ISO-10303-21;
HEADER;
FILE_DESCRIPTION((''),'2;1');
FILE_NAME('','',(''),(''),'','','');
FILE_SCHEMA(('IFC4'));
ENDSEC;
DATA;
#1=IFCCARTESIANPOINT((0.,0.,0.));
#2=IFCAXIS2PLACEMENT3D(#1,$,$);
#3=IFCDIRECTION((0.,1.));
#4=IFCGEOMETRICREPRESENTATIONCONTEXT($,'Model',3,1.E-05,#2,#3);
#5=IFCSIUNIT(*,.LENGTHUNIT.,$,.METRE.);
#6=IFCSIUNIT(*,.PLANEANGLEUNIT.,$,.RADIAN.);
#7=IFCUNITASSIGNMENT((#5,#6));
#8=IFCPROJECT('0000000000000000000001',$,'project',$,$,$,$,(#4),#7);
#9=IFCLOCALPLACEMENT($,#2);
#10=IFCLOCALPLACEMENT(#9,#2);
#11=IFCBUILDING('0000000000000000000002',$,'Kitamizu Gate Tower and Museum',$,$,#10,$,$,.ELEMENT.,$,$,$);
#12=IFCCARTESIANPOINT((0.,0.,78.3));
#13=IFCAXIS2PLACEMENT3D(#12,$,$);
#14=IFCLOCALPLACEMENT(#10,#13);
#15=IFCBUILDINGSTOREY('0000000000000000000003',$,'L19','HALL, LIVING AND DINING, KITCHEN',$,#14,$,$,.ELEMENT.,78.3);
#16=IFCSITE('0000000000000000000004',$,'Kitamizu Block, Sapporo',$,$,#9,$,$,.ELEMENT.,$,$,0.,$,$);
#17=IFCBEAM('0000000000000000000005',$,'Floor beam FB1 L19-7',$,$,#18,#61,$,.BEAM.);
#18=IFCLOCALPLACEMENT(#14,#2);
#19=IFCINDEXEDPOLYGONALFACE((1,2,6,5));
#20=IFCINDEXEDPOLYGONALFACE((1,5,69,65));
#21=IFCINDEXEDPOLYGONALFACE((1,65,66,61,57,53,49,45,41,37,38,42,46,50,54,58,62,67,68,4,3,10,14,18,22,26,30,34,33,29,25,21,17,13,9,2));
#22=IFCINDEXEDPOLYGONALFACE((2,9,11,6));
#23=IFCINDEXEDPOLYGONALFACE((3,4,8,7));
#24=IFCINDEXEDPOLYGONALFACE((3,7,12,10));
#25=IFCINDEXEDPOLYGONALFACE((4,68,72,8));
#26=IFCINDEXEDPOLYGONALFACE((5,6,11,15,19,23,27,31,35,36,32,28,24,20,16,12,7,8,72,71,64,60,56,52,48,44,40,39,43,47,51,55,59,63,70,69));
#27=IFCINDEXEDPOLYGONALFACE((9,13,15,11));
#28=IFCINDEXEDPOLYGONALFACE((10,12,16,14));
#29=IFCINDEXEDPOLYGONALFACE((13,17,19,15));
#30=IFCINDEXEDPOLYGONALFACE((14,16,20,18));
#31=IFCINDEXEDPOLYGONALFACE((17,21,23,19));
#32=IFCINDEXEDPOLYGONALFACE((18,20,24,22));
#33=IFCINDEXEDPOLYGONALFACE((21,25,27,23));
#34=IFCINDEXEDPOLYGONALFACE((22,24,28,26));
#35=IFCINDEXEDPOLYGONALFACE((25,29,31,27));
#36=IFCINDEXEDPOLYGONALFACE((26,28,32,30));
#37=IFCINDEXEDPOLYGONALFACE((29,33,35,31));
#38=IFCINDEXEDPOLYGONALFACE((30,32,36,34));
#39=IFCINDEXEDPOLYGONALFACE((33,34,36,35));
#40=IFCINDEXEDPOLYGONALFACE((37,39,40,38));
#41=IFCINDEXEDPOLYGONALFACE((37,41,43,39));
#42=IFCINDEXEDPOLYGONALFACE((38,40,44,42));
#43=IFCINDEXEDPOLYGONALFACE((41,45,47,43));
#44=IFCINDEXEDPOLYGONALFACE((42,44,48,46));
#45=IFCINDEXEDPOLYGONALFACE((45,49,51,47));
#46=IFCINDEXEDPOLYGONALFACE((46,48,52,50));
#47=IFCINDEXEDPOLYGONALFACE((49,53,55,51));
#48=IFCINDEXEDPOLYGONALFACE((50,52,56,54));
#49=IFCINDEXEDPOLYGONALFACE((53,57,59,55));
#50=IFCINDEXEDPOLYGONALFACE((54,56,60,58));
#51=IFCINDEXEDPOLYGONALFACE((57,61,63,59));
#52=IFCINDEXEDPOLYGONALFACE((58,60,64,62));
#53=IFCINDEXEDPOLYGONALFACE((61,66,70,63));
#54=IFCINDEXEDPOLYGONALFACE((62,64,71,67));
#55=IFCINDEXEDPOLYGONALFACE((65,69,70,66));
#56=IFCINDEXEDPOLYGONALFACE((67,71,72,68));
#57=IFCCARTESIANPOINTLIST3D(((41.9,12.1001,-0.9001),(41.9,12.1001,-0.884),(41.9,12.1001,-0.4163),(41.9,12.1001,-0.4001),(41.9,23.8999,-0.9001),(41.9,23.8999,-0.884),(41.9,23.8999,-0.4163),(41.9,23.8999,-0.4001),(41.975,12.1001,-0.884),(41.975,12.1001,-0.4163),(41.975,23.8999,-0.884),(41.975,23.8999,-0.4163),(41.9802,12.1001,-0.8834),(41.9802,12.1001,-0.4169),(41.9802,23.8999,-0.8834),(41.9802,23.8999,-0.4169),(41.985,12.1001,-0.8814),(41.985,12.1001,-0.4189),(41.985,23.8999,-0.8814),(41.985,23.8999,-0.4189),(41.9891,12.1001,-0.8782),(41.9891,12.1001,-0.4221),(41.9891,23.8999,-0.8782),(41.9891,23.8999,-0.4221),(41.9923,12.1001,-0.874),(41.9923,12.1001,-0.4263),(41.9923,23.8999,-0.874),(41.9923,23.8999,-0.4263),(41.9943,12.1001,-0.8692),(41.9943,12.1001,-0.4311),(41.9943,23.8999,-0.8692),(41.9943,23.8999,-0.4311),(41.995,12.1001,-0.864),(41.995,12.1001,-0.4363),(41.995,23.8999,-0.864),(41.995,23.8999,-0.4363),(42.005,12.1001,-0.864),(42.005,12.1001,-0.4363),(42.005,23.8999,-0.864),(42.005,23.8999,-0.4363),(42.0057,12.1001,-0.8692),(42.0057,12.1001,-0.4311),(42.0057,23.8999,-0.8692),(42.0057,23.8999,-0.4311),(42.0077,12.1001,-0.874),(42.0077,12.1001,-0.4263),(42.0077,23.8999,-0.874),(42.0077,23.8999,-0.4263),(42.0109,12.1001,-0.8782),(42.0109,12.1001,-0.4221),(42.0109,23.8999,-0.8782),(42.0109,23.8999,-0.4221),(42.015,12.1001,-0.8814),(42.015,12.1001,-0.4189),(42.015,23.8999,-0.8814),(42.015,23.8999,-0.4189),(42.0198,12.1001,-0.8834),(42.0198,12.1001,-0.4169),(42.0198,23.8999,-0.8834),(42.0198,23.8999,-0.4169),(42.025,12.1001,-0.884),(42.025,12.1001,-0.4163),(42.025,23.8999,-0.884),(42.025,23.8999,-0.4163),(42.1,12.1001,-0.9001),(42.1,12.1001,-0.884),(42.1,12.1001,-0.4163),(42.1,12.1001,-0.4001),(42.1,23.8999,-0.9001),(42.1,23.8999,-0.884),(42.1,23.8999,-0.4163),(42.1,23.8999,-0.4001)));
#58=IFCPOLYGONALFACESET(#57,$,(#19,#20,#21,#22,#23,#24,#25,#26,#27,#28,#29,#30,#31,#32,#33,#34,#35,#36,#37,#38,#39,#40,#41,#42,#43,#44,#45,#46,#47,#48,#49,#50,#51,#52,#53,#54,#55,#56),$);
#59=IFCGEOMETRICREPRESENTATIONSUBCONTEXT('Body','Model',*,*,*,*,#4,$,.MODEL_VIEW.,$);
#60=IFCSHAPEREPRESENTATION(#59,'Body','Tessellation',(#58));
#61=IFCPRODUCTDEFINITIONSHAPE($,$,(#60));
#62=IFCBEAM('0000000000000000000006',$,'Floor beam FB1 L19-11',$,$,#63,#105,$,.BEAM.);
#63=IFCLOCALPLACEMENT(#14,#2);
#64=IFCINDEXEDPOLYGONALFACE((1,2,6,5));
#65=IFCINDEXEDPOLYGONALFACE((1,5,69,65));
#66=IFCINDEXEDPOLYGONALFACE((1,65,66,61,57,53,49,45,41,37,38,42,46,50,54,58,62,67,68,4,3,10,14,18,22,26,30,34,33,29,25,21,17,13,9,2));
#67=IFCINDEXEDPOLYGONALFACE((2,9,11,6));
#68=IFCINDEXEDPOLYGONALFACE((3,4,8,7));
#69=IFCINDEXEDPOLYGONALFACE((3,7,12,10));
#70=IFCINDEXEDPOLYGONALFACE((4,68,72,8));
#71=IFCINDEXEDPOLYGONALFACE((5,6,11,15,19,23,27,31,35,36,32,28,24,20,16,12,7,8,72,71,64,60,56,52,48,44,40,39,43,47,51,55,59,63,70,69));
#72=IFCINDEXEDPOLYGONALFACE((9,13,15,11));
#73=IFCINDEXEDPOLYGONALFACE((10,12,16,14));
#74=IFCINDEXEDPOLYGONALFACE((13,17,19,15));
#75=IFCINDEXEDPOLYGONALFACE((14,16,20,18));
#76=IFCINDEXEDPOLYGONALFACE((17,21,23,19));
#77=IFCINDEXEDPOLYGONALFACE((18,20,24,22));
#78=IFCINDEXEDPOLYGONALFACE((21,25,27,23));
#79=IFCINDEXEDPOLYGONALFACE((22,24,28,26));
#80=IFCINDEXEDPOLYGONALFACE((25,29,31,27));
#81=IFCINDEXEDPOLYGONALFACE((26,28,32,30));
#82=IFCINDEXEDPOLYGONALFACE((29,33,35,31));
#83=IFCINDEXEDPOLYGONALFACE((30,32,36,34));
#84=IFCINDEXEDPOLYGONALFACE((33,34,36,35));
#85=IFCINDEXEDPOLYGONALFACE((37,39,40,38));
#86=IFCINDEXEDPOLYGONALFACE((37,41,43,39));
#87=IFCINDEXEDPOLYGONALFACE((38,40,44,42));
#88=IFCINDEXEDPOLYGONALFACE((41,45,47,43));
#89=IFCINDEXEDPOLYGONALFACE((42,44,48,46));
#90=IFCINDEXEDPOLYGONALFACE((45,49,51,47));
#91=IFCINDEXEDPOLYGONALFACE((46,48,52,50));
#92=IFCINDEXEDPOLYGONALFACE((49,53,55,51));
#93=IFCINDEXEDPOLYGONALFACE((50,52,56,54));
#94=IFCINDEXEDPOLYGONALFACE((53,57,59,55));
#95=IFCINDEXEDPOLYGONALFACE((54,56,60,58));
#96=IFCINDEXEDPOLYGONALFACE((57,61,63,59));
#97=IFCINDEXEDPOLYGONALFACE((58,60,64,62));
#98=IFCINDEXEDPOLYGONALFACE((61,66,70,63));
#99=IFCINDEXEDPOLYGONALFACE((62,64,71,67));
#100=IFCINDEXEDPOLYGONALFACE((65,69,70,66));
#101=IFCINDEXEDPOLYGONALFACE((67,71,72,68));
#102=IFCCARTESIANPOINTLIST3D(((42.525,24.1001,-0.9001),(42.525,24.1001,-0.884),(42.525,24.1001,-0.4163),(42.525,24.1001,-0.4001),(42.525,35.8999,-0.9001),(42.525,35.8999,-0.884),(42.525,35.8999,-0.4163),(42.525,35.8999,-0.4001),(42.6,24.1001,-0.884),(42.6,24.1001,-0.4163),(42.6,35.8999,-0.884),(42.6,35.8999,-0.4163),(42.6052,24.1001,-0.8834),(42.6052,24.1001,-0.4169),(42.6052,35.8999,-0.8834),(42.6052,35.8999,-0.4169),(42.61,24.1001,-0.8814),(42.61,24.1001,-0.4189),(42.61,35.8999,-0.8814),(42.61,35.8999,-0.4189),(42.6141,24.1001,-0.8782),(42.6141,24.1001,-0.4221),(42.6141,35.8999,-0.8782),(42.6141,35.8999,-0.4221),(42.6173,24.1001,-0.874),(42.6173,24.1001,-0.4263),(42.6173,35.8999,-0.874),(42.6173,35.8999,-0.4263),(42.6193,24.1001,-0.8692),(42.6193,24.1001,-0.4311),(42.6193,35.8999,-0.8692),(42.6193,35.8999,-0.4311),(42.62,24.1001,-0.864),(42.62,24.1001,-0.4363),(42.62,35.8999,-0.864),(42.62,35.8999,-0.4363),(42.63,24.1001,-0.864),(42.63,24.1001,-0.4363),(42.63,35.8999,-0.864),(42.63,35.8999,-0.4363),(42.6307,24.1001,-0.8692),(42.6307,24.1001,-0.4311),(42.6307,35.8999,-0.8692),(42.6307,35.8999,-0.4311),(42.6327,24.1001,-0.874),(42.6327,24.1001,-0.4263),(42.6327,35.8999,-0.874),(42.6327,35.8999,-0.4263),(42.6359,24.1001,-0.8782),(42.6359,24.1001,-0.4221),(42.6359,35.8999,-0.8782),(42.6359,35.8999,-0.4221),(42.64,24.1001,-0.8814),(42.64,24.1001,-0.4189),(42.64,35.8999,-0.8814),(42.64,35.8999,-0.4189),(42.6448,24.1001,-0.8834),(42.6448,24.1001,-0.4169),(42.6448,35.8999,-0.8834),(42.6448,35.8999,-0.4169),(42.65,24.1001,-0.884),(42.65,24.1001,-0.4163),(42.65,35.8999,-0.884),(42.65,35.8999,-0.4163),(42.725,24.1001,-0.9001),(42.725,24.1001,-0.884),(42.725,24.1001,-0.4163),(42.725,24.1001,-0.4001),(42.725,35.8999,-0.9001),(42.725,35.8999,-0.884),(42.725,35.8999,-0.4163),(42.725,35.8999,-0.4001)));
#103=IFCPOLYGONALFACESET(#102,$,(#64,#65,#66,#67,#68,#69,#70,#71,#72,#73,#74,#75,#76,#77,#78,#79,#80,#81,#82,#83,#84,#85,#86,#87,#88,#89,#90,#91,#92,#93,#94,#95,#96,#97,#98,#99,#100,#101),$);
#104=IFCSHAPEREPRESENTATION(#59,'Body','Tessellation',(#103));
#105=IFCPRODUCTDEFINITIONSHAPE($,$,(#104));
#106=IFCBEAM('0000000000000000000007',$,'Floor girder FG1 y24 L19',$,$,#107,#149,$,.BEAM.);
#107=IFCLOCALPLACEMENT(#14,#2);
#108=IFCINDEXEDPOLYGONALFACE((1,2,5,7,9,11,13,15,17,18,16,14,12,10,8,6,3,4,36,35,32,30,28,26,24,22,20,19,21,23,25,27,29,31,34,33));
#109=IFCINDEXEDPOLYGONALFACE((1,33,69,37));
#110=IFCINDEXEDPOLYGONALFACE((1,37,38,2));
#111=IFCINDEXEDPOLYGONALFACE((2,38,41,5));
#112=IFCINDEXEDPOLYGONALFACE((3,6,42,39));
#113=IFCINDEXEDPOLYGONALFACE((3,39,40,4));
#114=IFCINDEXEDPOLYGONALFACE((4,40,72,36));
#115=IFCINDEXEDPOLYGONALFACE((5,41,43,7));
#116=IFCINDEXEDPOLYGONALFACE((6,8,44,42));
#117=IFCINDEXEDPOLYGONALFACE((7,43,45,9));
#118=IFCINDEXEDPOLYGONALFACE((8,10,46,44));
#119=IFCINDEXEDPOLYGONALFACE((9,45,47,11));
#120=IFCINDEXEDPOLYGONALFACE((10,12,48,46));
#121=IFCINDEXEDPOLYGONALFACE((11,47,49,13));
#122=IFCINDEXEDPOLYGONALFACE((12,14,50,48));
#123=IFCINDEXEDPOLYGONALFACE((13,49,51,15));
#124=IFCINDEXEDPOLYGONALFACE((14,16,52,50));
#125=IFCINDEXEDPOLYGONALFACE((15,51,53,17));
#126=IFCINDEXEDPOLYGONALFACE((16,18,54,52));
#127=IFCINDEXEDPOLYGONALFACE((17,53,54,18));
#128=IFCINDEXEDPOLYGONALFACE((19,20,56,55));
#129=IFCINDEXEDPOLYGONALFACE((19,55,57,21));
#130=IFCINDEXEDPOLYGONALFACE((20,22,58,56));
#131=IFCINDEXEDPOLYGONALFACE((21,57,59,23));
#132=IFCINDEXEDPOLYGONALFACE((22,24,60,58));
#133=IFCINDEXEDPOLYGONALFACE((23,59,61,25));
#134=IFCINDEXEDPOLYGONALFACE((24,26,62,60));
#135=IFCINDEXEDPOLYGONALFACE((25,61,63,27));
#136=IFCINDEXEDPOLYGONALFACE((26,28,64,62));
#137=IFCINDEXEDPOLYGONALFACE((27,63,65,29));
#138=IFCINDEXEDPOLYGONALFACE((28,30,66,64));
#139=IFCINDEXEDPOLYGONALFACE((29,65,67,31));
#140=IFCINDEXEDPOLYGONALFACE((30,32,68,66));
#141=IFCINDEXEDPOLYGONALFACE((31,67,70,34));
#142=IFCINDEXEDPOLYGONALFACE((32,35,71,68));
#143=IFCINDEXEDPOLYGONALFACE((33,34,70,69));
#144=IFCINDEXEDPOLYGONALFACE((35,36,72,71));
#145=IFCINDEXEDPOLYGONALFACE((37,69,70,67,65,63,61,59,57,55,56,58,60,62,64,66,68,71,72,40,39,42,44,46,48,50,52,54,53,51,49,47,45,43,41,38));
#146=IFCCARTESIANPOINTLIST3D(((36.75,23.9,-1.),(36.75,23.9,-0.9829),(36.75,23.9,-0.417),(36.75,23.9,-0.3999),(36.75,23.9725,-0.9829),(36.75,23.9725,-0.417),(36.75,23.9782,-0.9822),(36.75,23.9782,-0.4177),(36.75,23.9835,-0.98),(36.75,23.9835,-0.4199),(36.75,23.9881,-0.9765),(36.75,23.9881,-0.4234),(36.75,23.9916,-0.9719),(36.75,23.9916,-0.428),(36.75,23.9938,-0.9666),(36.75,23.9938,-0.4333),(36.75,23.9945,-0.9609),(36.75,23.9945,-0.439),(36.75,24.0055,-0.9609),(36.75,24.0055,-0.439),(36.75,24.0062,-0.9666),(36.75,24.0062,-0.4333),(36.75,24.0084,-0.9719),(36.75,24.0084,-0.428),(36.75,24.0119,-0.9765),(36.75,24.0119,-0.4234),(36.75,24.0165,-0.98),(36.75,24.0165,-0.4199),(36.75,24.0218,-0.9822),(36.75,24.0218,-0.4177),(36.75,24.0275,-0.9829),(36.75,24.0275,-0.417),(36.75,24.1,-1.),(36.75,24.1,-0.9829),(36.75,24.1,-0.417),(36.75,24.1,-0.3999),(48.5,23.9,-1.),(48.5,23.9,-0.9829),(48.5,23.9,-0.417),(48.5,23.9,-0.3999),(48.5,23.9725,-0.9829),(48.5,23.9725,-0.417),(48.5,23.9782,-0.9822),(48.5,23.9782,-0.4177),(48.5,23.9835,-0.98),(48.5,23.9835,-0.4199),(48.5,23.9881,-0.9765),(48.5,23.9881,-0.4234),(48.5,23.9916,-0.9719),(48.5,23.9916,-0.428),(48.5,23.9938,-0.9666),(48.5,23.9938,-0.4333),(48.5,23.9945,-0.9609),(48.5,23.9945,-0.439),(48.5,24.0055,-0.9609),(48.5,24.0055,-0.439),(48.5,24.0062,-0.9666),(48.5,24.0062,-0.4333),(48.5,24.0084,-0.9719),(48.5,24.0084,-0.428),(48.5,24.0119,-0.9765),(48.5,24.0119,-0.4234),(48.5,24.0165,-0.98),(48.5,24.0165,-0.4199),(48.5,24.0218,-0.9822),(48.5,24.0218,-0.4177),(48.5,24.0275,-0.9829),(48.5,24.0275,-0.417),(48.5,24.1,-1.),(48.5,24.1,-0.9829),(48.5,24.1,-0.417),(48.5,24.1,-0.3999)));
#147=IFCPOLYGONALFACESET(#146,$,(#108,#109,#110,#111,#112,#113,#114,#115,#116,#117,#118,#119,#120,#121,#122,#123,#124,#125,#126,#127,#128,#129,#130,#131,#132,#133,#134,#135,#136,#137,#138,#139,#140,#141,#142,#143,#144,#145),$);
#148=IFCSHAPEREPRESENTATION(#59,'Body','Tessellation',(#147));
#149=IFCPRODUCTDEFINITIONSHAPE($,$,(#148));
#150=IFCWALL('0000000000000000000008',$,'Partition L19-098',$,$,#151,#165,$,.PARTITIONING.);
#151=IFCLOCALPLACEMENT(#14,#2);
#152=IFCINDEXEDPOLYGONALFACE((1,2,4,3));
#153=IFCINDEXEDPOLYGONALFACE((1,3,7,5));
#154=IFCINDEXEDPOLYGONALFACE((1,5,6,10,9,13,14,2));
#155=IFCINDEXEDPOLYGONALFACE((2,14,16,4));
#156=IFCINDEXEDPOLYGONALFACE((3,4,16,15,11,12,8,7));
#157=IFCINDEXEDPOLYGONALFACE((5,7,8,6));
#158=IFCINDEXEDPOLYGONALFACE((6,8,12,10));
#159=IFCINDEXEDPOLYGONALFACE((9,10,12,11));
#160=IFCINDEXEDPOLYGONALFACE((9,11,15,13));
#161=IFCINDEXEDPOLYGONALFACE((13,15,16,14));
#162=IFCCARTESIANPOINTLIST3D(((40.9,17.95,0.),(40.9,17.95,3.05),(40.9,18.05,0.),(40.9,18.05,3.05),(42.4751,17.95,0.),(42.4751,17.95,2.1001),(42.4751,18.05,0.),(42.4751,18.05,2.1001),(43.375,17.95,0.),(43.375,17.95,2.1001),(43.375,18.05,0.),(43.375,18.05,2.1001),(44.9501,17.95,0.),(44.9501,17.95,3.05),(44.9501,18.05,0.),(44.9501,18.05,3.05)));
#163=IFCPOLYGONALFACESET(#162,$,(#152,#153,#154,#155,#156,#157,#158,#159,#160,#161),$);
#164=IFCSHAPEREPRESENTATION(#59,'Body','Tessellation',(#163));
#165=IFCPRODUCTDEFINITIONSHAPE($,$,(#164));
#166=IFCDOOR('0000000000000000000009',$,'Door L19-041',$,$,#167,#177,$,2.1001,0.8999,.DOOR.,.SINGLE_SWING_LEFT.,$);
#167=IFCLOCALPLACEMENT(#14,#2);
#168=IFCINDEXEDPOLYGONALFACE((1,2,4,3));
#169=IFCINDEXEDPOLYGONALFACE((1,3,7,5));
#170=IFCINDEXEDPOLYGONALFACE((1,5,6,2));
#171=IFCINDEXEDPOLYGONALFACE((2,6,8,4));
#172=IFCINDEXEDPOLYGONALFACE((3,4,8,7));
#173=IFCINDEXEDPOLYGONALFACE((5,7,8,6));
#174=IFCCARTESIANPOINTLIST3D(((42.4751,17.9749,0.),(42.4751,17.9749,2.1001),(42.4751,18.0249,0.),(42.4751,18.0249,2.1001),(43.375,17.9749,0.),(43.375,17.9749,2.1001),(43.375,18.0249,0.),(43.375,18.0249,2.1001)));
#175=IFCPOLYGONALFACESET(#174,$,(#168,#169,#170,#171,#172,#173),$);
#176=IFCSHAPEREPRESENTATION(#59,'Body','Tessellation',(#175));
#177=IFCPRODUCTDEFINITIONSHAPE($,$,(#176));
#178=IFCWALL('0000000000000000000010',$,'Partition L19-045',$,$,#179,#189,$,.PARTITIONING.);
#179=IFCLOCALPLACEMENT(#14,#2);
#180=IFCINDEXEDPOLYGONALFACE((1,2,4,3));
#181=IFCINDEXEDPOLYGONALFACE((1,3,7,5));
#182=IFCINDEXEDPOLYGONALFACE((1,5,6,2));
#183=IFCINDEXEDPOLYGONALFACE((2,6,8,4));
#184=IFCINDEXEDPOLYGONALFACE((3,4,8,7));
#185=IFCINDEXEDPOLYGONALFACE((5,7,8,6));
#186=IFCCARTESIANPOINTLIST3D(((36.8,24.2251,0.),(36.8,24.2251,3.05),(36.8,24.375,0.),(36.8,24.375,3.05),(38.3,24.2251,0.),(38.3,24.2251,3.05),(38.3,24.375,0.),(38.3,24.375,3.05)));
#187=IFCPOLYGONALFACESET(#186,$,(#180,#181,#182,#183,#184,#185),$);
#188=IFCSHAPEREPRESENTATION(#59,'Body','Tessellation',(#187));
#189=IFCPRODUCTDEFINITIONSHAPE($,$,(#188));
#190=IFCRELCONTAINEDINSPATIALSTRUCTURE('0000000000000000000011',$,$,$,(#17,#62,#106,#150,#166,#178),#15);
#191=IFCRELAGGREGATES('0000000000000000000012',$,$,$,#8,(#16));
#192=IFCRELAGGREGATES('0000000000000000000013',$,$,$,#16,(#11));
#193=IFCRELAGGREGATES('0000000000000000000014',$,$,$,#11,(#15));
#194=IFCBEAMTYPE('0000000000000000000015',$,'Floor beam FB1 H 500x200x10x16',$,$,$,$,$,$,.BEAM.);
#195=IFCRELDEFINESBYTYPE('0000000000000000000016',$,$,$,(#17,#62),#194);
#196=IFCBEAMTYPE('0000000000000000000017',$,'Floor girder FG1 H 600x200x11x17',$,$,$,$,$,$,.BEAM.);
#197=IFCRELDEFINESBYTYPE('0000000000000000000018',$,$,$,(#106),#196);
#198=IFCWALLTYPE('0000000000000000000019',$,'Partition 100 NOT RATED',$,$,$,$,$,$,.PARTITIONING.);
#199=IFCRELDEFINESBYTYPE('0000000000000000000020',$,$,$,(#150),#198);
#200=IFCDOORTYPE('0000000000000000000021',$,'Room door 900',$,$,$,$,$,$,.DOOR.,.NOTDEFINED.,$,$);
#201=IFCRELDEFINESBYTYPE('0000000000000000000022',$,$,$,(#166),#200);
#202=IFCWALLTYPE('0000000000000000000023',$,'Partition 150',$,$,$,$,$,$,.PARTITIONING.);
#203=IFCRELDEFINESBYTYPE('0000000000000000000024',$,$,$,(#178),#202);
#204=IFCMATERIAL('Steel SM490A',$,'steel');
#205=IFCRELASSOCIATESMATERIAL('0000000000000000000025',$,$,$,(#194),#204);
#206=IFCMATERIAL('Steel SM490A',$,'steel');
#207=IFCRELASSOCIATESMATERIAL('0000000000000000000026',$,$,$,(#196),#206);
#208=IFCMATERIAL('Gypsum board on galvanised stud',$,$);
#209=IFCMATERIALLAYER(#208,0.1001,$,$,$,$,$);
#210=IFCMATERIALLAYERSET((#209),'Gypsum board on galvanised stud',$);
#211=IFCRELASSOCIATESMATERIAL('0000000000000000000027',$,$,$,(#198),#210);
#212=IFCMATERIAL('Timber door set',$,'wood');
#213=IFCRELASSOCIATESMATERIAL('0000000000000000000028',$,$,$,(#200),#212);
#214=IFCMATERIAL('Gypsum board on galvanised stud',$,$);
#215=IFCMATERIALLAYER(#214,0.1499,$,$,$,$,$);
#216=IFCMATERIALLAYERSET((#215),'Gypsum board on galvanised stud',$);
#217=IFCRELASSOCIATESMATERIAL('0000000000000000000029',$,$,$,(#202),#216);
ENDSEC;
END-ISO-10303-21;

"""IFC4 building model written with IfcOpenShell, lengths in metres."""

from ifc_helpers import new_model, si_unit, direction, frame, frame_2d, origin, origin_2d, place, context, subcontext, project, spatial, rectangle, i_section, extrude, material, layer, layer_set, material_profile, profile_set, type_object, element, fill, save


model = new_model("IFC4")

# Units and contexts
model_context = context("Model", 3, precision=1e-05, world=origin(), true_north=direction((0.0, 1.0)))
body_context = subcontext(model_context, "Body", "Model", "MODEL_VIEW")
ifc_project = project(units=[si_unit("LENGTHUNIT", "METRE"), si_unit("PLANEANGLEUNIT", "RADIAN")], contexts=[model_context])

# Site, building, storey
site_placement = place(None, origin())
site = spatial("IfcSite", under=ifc_project, at=site_placement, Name="Kitamizu Block, Sapporo", CompositionType="ELEMENT", RefElevation=0.0)
building_placement = place(site_placement, origin())
building = spatial("IfcBuilding", under=site, at=building_placement, Name="Kitamizu Gate Tower and Museum", CompositionType="ELEMENT")
storey_placement = place(building_placement, frame((0.0, 0.0, 78.3)))
storey = spatial("IfcBuildingStorey", under=building, at=storey_placement, Name="L19", Description="HALL, LIVING AND DINING, KITCHEN", CompositionType="ELEMENT", Elevation=78.3)

# Beams
ifc_material_1 = material(Name="Steel SM490A", Category="steel")
ifc_material_profile_1 = material_profile(ifc_material_1, i_section(OverallWidth=0.2, OverallDepth=0.5, WebThickness=0.01, FlangeThickness=0.0161, FilletRadius=0.02, at=origin_2d()), Name="H-500x200x10x16")
ifc_profile_set_1 = profile_set([ifc_material_profile_1], Name="Steel SM490A")
beam_type_1 = type_object("IfcBeamType", Name="Floor beam FB1 H 500x200x10x16", PredefinedType="BEAM", material=ifc_profile_set_1)
for number, where, z_axis, x_axis, name in (
    (1, (42.0, 12.1001, -0.6501), (0.0, 1.0, 0.0), (-1.0, 0.0, 0.0), "Floor beam FB1 L19-7"),
    (2, (42.625, 24.1001, -0.6501), (0.0, 1.0, 0.0), (-1.0, 0.0, 0.0), "Floor beam FB1 L19-11"),
):
    element("IfcBeam", number, at=place(storey_placement, frame(where, z_axis=z_axis, x_axis=x_axis)), inside=storey, type_object=beam_type_1, Name=name, PredefinedType="BEAM", context=body_context, shape_type="SweptSolid", body=[
        extrude(i_section(OverallWidth=0.2, OverallDepth=0.5, WebThickness=0.01, FlangeThickness=0.0161, FilletRadius=0.02, at=origin_2d()), origin(), (0.0, 0.0, 1.0), 11.7998),
    ])
ifc_material_2 = material(Name="Steel SM490A", Category="steel")
ifc_material_profile_2 = material_profile(ifc_material_2, i_section(OverallWidth=0.2, OverallDepth=0.6001, WebThickness=0.011, FlangeThickness=0.0171, FilletRadius=0.022, at=origin_2d()), Name="H-600x200x11x17")
ifc_profile_set_2 = profile_set([ifc_material_profile_2], Name="Steel SM490A")
beam_type_2 = type_object("IfcBeamType", Name="Floor girder FG1 H 600x200x11x17", PredefinedType="BEAM", material=ifc_profile_set_2)
beam_placement = place(storey_placement, frame((36.75, 24.0, -0.7), z_axis=(1.0, 0.0, 0.0), x_axis=(0.0, 1.0, 0.0)))
element("IfcBeam", 3, at=beam_placement, inside=storey, type_object=beam_type_2, Name="Floor girder FG1 y24 L19", PredefinedType="BEAM", context=body_context, shape_type="SweptSolid", body=[
    extrude(i_section(OverallWidth=0.2, OverallDepth=0.6001, WebThickness=0.011, FlangeThickness=0.0171, FilletRadius=0.022, at=origin_2d()), origin(), (0.0, 0.0, 1.0), 11.75),
])

# Wall, opening, door
ifc_material_3 = material(Name="Gypsum board on galvanised stud")
ifc_layer_1 = layer(ifc_material_3, 0.1001)
ifc_layer_set_1 = layer_set([ifc_layer_1], Name="Gypsum board on galvanised stud")
wall_type_1 = type_object("IfcWallType", Name="Partition 100 NOT RATED", PredefinedType="PARTITIONING", material=ifc_layer_set_1)
wall_1_placement = place(storey_placement, frame((44.95, 18.0, 0.0), z_axis=(0.0, 0.0, 1.0), x_axis=(-1.0, 0.0, 0.0)))
wall_1 = element("IfcWall", 4, at=wall_1_placement, inside=storey, type_object=wall_type_1, Name="Partition L19-098", PredefinedType="PARTITIONING", context=body_context, shape_type="SweptSolid", body=[
    extrude(rectangle(XDim=4.05, YDim=0.1001, at=frame_2d((2.0249, 0.0))), origin(), (0.0, 0.0, 1.0), 3.05),
])
opening_placement = place(wall_1_placement, frame((1.575, 0.0, 0.0)))
opening = element("IfcOpeningElement", 5, at=opening_placement, cuts=wall_1, PredefinedType="OPENING", context=body_context, shape_type="SweptSolid", body=[
    extrude(rectangle(XDim=0.8999, YDim=2.1001, at=frame_2d((0.45, 1.05))), frame((0.0, 0.0601, 0.0), z_axis=(0.0, -1.0, 0.0), x_axis=(1.0, 0.0, 0.0)), (0.0, 0.0, 1.0), 0.1201),
])
ifc_material_4 = material(Name="Timber door set", Category="wood")
door_type = type_object("IfcDoorType", Name="Room door 900", OperationType="NOTDEFINED", PredefinedType="DOOR", material=ifc_material_4)
door_placement = place(opening_placement, frame((0.8999, 0.0, 0.0), x_axis=(-1.0, 0.0, 0.0)))
door = element("IfcDoor", 6, at=door_placement, inside=storey, type_object=door_type, Name="Door L19-041", OperationType="SINGLE_SWING_LEFT", OverallHeight=2.1001, OverallWidth=0.8999, PredefinedType="DOOR", context=body_context, shape_type="SweptSolid", body=[
    extrude(rectangle(XDim=0.8999, YDim=2.1001, at=frame_2d((0.45, 1.05))), frame((0.0, 0.0249, 0.0), z_axis=(0.0, -1.0, 0.0), x_axis=(1.0, 0.0, 0.0)), (0.0, 0.0, 1.0), 0.05),
])
fill(opening, door)

# Wall
ifc_material_5 = material(Name="Gypsum board on galvanised stud")
ifc_layer_2 = layer(ifc_material_5, 0.1499)
ifc_layer_set_2 = layer_set([ifc_layer_2], Name="Gypsum board on galvanised stud")
wall_type_2 = type_object("IfcWallType", Name="Partition 150", PredefinedType="PARTITIONING", material=ifc_layer_set_2)
wall_2_placement = place(storey_placement, frame((38.3, 24.3, 0.0), z_axis=(0.0, 0.0, 1.0), x_axis=(-1.0, 0.0, 0.0)))
element("IfcWall", 7, at=wall_2_placement, inside=storey, type_object=wall_type_2, Name="Partition L19-045", PredefinedType="PARTITIONING", context=body_context, shape_type="SweptSolid", body=[
    extrude(rectangle(XDim=1.5, YDim=0.1499, at=frame_2d((0.75, 0.0))), origin(), (0.0, 0.0, 1.0), 3.05),
])

save(model, "model.ifc")
